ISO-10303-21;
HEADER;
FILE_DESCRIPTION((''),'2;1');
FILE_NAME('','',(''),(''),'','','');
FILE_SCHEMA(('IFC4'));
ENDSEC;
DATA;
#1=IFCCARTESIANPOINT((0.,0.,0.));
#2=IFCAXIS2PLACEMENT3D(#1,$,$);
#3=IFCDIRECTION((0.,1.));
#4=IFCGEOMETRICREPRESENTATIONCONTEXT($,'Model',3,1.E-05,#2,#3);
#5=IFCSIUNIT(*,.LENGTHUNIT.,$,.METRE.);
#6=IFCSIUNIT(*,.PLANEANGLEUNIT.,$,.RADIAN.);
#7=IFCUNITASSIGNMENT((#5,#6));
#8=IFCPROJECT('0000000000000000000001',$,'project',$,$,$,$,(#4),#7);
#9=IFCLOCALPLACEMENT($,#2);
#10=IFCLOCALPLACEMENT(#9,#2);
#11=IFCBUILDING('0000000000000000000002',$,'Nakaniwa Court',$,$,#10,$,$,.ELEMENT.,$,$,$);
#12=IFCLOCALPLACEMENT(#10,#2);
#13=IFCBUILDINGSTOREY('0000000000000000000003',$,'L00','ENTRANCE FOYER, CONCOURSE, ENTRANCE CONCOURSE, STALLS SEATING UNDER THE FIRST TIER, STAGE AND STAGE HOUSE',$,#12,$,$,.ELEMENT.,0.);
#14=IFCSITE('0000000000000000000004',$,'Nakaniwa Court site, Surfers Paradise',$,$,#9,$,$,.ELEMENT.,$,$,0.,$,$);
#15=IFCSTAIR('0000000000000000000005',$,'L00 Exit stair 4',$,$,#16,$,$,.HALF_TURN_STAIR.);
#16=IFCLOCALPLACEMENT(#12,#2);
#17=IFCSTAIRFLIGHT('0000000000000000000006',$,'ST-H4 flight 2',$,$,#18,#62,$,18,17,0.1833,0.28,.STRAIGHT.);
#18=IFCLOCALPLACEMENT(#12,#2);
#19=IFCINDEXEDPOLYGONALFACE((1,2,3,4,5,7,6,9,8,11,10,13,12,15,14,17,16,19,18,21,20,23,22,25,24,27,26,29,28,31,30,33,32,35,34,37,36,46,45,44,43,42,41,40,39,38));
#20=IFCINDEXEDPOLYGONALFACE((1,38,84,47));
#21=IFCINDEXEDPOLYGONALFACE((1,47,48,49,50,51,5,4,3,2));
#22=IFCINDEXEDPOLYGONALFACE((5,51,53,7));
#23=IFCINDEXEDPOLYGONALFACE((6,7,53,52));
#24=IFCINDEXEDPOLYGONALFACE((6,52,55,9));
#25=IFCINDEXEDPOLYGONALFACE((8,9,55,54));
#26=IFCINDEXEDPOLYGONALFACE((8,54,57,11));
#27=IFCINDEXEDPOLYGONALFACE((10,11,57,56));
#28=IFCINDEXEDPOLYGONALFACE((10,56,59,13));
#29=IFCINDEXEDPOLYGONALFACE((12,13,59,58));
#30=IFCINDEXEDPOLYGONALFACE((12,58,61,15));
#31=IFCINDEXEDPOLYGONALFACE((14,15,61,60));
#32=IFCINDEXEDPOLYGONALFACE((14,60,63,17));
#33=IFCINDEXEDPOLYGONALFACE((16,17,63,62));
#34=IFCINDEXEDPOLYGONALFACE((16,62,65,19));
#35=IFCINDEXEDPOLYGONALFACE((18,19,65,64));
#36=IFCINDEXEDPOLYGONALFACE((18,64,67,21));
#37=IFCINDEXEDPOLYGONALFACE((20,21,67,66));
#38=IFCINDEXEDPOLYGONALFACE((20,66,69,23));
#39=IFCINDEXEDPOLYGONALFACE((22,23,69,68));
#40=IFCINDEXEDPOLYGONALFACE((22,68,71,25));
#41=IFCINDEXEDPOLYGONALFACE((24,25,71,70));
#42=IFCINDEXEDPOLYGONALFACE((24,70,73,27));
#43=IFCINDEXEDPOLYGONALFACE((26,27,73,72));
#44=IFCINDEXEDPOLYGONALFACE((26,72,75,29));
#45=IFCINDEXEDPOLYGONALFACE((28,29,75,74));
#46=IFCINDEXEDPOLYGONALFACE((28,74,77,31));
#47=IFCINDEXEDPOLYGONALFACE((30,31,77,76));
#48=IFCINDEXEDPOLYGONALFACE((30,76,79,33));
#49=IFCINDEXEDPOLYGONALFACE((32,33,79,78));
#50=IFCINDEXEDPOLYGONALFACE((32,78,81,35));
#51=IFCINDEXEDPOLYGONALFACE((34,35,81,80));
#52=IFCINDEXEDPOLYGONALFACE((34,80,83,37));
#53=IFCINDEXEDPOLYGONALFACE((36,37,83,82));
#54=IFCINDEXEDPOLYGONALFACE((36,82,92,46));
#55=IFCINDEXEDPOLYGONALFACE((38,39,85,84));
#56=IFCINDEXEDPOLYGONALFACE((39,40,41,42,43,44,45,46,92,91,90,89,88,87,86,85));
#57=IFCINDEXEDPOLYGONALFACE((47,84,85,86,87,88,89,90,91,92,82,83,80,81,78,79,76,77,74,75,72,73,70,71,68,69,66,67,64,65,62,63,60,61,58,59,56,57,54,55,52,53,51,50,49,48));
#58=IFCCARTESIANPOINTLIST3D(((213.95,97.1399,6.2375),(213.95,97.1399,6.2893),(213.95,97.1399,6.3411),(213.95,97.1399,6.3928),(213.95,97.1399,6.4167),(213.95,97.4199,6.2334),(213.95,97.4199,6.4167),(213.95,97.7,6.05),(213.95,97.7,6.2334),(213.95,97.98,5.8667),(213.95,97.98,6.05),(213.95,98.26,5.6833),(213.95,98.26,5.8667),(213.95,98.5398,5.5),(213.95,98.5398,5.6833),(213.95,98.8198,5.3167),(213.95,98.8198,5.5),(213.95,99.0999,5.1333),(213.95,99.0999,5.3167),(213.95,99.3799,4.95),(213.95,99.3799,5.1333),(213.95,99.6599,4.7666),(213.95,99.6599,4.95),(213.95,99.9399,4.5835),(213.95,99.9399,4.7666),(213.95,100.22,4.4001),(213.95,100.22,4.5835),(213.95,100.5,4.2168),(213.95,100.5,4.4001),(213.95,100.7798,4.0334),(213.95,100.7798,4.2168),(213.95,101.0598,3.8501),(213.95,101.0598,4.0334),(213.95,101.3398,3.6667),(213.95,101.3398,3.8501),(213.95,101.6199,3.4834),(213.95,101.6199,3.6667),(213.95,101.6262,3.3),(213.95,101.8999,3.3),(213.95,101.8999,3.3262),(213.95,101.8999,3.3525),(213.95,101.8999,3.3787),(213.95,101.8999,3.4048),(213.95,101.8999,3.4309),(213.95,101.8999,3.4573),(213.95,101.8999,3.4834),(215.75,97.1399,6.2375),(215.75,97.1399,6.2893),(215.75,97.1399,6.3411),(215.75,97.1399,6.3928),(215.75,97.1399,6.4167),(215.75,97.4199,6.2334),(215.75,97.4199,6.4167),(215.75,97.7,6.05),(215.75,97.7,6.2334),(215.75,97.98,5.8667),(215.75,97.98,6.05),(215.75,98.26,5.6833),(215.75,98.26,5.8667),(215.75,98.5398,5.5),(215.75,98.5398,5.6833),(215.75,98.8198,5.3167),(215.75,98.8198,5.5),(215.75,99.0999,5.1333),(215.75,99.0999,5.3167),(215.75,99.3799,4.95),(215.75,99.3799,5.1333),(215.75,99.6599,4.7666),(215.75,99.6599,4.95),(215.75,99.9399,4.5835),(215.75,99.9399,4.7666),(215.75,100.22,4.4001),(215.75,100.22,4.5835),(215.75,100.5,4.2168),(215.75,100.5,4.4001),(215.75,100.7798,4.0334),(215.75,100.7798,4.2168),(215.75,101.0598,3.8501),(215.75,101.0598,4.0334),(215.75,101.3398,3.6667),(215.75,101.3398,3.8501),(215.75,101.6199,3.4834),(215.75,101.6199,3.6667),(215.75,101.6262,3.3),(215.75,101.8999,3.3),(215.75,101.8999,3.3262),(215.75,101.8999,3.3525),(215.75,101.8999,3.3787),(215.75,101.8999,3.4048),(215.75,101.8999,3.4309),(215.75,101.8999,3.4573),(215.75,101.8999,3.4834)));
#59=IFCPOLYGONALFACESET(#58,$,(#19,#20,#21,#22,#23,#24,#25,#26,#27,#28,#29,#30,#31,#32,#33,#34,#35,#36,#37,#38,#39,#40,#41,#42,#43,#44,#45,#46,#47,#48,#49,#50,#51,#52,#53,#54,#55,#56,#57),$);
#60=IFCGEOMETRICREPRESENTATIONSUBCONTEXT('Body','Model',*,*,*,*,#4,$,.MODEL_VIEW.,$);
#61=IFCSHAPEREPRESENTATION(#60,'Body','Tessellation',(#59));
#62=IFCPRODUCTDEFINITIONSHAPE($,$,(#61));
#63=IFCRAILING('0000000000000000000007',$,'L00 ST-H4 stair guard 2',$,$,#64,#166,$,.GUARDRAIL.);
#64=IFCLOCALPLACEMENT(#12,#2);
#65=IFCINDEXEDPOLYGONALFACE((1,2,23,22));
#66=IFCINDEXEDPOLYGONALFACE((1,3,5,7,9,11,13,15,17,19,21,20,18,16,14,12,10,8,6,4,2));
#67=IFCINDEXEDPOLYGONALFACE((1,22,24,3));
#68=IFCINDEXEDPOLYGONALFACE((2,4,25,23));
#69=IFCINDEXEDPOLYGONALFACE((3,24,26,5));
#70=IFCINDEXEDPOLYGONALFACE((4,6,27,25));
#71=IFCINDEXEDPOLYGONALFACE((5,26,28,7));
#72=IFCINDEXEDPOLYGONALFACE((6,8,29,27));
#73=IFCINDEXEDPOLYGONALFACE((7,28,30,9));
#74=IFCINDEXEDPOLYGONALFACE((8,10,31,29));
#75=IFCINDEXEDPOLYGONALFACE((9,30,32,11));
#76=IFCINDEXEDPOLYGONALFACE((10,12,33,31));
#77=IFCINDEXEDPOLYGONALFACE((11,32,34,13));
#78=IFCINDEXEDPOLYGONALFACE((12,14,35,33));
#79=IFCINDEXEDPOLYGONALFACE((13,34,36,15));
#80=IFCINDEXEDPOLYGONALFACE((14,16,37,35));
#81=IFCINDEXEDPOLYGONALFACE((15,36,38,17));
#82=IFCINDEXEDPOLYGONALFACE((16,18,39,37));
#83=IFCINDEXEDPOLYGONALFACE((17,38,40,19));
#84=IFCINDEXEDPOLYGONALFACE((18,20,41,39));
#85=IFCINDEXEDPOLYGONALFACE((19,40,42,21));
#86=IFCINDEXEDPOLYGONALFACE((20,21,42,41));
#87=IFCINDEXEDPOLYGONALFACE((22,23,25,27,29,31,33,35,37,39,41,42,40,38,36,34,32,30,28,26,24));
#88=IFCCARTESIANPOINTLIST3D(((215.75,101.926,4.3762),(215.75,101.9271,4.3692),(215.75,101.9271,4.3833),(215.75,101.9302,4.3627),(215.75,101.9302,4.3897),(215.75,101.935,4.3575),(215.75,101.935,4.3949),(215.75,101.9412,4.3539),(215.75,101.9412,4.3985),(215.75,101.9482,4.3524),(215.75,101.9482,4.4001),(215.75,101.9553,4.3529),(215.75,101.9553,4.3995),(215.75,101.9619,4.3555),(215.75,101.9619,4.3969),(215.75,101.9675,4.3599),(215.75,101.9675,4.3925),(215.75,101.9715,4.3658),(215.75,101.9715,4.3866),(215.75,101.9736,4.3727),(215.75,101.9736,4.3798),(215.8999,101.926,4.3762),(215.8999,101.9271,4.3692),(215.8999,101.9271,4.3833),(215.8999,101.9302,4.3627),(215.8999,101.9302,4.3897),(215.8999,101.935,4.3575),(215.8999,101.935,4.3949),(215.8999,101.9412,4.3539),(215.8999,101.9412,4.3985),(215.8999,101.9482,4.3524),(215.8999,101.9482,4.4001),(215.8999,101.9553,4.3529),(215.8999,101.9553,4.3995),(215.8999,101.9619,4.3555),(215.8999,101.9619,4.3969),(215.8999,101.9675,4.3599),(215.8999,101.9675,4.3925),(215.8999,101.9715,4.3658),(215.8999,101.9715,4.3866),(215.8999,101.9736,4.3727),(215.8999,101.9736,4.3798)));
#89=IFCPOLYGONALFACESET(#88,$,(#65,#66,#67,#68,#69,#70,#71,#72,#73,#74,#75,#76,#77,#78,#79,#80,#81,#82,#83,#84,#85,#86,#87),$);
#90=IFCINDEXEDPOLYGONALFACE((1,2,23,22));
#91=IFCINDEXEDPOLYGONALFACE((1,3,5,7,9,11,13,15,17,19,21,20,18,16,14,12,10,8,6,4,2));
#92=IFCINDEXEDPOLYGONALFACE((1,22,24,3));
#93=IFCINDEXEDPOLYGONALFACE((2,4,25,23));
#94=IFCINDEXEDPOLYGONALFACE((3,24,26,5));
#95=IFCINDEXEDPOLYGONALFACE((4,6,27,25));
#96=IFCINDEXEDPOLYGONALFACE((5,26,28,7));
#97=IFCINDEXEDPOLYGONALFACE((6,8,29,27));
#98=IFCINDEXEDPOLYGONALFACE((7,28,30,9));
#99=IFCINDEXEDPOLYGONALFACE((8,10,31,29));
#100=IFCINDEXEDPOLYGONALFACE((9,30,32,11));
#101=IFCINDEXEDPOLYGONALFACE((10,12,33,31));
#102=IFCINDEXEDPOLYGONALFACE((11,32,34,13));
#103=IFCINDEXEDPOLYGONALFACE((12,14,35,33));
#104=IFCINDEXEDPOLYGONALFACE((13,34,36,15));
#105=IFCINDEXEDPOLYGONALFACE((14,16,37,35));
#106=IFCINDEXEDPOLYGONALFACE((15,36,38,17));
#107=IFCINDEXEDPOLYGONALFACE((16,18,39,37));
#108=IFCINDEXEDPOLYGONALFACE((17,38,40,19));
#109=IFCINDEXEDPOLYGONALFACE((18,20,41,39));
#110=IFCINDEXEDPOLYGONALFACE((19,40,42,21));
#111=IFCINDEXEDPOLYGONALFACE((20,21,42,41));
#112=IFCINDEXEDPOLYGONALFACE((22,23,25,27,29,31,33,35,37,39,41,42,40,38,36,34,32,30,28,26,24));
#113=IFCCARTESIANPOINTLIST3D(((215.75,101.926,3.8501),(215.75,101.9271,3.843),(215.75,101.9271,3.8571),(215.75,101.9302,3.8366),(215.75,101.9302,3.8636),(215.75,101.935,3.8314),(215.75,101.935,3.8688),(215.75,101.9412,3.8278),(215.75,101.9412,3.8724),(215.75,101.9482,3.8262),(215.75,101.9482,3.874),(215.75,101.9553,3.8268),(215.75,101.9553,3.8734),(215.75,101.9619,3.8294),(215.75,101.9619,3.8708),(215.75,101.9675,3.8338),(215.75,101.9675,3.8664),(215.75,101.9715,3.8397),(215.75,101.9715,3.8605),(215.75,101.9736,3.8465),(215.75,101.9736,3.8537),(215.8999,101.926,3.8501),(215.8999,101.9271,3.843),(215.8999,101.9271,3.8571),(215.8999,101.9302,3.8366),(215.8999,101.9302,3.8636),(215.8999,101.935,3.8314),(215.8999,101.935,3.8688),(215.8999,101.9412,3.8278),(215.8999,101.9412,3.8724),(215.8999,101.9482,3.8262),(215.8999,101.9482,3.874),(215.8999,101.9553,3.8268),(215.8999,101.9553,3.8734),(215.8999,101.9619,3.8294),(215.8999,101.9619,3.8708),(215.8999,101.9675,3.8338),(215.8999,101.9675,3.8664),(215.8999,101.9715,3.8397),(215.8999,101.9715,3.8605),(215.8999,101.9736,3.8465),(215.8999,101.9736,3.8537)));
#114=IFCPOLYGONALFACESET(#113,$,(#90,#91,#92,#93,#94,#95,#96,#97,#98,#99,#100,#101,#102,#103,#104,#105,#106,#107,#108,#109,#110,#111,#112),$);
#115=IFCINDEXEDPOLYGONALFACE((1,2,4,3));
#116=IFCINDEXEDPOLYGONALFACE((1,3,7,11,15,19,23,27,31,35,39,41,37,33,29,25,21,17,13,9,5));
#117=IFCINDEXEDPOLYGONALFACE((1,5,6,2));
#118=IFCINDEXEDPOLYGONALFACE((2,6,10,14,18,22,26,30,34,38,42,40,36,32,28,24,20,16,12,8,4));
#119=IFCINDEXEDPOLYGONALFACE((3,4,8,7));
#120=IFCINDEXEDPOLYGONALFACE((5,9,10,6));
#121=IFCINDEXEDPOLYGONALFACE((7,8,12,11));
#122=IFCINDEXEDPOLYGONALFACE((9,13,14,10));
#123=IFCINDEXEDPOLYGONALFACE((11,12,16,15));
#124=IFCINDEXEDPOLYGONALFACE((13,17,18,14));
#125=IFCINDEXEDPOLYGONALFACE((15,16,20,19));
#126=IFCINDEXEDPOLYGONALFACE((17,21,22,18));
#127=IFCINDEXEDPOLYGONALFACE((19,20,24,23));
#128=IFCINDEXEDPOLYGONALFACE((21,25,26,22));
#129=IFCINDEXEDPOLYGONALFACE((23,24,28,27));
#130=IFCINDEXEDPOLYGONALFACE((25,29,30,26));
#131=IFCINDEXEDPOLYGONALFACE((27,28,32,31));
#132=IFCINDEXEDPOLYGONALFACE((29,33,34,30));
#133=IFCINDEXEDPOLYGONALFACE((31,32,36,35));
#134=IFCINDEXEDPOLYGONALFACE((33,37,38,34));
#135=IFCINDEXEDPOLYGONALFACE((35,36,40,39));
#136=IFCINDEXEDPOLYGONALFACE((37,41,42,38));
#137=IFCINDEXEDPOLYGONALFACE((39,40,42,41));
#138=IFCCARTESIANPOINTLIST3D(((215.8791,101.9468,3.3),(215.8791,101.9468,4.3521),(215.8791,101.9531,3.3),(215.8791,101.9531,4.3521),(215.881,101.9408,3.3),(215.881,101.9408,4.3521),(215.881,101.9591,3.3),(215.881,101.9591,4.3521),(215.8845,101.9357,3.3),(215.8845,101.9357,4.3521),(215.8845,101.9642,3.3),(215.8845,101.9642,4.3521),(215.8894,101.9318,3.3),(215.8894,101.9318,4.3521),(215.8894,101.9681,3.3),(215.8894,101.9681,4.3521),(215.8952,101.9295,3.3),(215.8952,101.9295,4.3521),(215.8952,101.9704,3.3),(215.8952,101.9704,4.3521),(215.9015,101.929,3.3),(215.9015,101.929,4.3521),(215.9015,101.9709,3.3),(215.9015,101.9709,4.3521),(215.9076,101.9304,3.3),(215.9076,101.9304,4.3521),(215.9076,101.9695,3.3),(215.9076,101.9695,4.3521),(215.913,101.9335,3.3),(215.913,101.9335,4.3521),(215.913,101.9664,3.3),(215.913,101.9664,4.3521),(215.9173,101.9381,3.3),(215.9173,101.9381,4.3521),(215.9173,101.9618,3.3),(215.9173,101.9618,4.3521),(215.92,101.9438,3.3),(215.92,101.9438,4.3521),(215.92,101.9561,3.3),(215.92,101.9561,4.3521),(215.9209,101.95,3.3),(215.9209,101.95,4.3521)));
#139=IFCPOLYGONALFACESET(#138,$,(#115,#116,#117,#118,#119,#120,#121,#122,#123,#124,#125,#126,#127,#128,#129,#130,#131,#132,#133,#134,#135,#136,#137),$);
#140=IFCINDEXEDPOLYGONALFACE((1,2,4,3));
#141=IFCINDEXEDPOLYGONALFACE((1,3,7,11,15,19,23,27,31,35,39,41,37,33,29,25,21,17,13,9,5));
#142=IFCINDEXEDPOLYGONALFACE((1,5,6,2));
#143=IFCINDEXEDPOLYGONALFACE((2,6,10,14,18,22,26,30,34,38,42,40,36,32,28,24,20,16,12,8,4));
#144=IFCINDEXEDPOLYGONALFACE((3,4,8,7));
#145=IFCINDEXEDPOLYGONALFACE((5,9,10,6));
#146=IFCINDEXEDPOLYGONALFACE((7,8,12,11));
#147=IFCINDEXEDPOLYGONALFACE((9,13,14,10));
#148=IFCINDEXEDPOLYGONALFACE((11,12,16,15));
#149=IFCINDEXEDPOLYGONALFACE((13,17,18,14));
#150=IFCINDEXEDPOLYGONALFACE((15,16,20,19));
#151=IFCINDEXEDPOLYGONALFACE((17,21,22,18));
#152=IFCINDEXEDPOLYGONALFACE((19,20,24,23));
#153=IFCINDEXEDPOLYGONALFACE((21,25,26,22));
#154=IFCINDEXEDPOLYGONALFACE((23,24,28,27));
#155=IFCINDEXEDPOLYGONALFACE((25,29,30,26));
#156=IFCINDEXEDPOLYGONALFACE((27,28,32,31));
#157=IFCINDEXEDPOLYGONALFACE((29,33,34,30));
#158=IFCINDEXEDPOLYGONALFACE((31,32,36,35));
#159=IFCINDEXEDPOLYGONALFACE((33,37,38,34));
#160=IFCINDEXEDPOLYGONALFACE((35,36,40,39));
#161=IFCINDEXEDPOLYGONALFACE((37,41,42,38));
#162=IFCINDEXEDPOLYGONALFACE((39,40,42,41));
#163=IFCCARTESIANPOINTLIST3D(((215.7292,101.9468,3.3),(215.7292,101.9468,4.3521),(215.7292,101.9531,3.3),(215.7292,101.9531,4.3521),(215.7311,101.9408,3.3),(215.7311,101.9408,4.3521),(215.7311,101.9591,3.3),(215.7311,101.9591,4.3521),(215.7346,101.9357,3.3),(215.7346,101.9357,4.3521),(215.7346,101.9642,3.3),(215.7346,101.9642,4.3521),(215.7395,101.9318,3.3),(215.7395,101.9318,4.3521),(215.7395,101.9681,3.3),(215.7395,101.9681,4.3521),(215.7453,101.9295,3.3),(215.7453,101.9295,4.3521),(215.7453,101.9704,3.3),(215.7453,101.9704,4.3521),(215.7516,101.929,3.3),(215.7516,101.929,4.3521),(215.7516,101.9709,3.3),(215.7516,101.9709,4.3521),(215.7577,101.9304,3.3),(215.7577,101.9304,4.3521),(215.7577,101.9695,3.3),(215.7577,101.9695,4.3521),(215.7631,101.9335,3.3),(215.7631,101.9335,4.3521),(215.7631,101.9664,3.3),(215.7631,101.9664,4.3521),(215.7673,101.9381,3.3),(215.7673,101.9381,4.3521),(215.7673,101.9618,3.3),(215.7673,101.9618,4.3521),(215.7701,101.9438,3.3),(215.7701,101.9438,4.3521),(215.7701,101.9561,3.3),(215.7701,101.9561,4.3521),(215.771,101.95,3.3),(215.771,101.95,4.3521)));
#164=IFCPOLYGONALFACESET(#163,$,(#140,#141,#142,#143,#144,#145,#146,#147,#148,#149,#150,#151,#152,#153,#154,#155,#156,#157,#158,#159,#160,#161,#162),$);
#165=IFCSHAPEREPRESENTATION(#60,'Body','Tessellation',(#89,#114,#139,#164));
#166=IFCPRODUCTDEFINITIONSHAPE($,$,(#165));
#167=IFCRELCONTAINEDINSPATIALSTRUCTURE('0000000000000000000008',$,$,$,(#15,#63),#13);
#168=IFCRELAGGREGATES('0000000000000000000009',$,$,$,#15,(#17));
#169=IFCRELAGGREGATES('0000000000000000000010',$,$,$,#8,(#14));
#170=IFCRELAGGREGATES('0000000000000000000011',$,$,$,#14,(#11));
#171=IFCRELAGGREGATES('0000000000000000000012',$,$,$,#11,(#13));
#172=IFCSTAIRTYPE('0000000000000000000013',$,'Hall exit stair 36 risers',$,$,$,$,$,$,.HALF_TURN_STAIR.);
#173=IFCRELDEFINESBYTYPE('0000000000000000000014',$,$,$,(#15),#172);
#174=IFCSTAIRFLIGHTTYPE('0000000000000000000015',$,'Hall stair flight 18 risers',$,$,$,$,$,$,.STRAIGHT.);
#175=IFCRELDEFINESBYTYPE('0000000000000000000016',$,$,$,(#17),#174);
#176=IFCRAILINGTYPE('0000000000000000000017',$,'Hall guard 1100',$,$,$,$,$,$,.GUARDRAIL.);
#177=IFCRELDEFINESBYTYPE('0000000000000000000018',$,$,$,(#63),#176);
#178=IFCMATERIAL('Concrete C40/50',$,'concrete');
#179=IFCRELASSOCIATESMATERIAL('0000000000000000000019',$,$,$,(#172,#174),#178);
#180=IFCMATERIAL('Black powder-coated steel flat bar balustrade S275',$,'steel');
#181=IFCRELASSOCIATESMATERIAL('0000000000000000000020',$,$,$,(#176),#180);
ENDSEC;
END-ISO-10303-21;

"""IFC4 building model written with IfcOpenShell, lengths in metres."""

from ifc_helpers import new_model, si_unit, direction, frame, origin, origin_2d, place, context, subcontext, project, spatial, polyline, circle, outline, extrude, material, type_object, element, aggregate, save


model = new_model("IFC4")

# Units and contexts
model_context = context("Model", 3, precision=1e-05, world=origin(), true_north=direction((0.0, 1.0)))
body_context = subcontext(model_context, "Body", "Model", "MODEL_VIEW")
ifc_project = project(units=[si_unit("LENGTHUNIT", "METRE"), si_unit("PLANEANGLEUNIT", "RADIAN")], contexts=[model_context])

# Site, building, storey
site_placement = place(None, origin())
site = spatial("IfcSite", under=ifc_project, at=site_placement, Name="Nakaniwa Court site, Surfers Paradise", CompositionType="ELEMENT", RefElevation=0.0)
building_placement = place(site_placement, origin())
building = spatial("IfcBuilding", under=site, at=building_placement, Name="Nakaniwa Court", CompositionType="ELEMENT")
storey_placement = place(building_placement, origin())
storey = spatial("IfcBuildingStorey", under=building, at=storey_placement, Name="L00", Description="ENTRANCE FOYER, CONCOURSE, ENTRANCE CONCOURSE, STALLS SEATING UNDER THE FIRST TIER, STAGE AND STAGE HOUSE", CompositionType="ELEMENT", Elevation=0.0)

# Shared definitions
ifc_material_1 = material(Name="Concrete C40/50", Category="concrete")

# Stair, stair flight
stair_type = type_object("IfcStairType", Name="Hall exit stair 36 risers", PredefinedType="HALF_TURN_STAIR", material=ifc_material_1)
stair_placement = place(storey_placement, origin())
stair = element("IfcStair", 1, at=stair_placement, inside=storey, type_object=stair_type, Name="L00 Exit stair 4", PredefinedType="HALF_TURN_STAIR")
stair_flight_type = type_object("IfcStairFlightType", Name="Hall stair flight 18 risers", PredefinedType="STRAIGHT", material=ifc_material_1)
stair_flight_1_placement = place(storey_placement, frame((214.8501, 101.8999, 3.3), z_axis=(0.0, 0.0, 1.0), x_axis=(0.0, -1.0, 0.0)))
stair_flight_1 = element("IfcStairFlight", 2, at=stair_flight_1_placement, type_object=stair_flight_type, Name="ST-H4 flight 2", NumberOfRisers=18, NumberOfTreads=17, PredefinedType="STRAIGHT", RiserHeight=0.1833, TreadLength=0.28, context=body_context, shape_type="SweptSolid", body=[
    extrude(outline(polyline([(0.0, 0.0), (0.0, 0.0261), (0.0, 0.0525), (0.0, 0.0786), (0.0, 0.1047), (0.0, 0.1309), (0.0, 0.1572), (0.0, 0.1833), (0.28, 0.1833), (0.28, 0.3667), (0.5601, 0.3667), (0.5601, 0.55), (0.8401, 0.55), (0.8401, 0.7334), (1.1201, 0.7334), (1.1201, 0.9167), (1.3999, 0.9167), (1.3999, 1.1001), (1.6799, 1.1001), (1.6799, 1.2834), (1.96, 1.2834), (1.96, 1.4666), (2.24, 1.4666), (2.24, 1.6499), (2.52, 1.6499), (2.52, 1.8333), (2.8, 1.8333), (2.8, 2.0166), (3.0801, 2.0166), (3.0801, 2.2), (3.3601, 2.2), (3.3601, 2.3833), (3.6399, 2.3833), (3.6399, 2.5667), (3.9199, 2.5667), (3.9199, 2.75), (4.2, 2.75), (4.2, 2.9333), (4.48, 2.9333), (4.48, 3.1167), (4.76, 3.1167), (4.76, 3.3), (4.76, 3.2483), (4.76, 3.1965), (4.76, 3.1445), (4.76, 3.0928), (4.76, 3.041), (4.76, 2.9893), (4.76, 2.9375), (0.2737, 0.0), (0.0, 0.0)])), frame((0.0, 0.8999, 0.0), z_axis=(0.0, -1.0, 0.0), x_axis=(1.0, 0.0, 0.0)), (0.0, 0.0, 1.0), 1.8),
])
aggregate(stair, [stair_flight_1])

# Railing
ifc_material_2 = material(Name="Black powder-coated steel flat bar balustrade S275", Category="steel")
railing_type_1 = type_object("IfcRailingType", Name="Hall guard 1100", PredefinedType="GUARDRAIL", material=ifc_material_2)
railing_1_placement = place(storey_placement, frame((215.8999, 101.95, 3.3)))
element("IfcRailing", 3, at=railing_1_placement, inside=storey, type_object=railing_type_1, Name="L00 ST-H4 stair guard 2", PredefinedType="GUARDRAIL", context=body_context, shape_type="SweptSolid", body=[
    extrude(circle(Radius=0.0239, at=origin_2d()), frame((0.0, 0.0, 1.0762), z_axis=(-1.0, 0.0, 0.0), x_axis=(0.0, -1.0, 0.0)), (0.0, 0.0, 1.0), 0.1499),
    extrude(circle(Radius=0.0239, at=origin_2d()), frame((0.0, 0.0, 0.55), z_axis=(-1.0, 0.0, 0.0), x_axis=(0.0, -1.0, 0.0)), (0.0, 0.0, 1.0), 0.1499),
    extrude(circle(Radius=0.021, at=origin_2d()), origin(), (0.0, 0.0, 1.0), 1.052),
    extrude(circle(Radius=0.021, at=origin_2d()), frame((-0.1499, 0.0, 0.0)), (0.0, 0.0, 1.0), 1.052),
])

save(model, "model.ifc")
